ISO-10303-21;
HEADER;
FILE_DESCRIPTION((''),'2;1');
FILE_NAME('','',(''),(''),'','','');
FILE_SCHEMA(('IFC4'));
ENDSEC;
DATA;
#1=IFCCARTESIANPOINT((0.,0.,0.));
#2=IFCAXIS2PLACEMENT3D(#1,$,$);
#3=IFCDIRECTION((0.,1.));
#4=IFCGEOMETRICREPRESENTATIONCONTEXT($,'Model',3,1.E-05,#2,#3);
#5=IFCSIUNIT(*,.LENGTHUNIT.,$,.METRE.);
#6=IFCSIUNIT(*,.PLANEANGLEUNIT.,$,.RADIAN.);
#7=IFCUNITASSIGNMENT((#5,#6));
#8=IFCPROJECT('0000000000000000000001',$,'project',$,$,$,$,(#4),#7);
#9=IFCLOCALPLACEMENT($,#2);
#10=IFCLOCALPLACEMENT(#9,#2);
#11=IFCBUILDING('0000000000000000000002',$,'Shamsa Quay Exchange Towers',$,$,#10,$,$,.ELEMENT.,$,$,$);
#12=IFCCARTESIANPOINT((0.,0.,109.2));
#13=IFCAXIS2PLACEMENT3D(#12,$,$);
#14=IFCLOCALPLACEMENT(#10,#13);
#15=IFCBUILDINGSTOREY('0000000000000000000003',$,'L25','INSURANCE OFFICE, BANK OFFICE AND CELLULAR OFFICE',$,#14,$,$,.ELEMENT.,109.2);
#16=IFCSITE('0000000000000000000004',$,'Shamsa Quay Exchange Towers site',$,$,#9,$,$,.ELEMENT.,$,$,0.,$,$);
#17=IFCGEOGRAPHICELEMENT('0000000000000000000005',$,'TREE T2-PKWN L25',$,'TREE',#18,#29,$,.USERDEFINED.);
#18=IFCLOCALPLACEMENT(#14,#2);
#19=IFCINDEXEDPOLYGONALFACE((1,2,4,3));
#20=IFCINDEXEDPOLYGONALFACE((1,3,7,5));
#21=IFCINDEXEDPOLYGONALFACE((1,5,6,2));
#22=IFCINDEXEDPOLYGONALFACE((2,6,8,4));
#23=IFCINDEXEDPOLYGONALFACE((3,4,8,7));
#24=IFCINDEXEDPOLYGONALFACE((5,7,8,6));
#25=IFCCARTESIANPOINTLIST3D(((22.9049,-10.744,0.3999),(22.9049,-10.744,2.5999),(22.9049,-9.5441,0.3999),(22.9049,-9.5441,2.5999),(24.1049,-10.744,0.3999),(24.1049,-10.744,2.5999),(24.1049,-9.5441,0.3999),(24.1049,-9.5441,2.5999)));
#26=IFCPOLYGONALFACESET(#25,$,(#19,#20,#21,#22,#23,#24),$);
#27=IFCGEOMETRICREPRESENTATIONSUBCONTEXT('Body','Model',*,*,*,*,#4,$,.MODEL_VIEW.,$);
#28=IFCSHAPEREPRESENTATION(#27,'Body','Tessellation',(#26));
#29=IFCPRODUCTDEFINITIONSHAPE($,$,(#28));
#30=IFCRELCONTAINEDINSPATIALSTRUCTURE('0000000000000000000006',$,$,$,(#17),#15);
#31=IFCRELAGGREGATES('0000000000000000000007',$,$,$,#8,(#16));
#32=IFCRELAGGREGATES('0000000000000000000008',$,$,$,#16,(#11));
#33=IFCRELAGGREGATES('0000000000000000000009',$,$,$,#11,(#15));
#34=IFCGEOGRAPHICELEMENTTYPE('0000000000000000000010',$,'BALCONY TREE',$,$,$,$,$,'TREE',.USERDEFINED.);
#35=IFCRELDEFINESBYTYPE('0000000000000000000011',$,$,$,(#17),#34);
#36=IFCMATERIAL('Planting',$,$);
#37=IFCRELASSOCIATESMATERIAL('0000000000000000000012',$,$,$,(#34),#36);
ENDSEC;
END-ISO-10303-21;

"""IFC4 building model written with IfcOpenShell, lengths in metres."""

from ifc_helpers import new_model, si_unit, direction, frame, origin, origin_2d, place, context, subcontext, project, spatial, rectangle, extrude, material, type_object, element, save


model = new_model("IFC4")

# Units and contexts
model_context = context("Model", 3, precision=1e-05, world=origin(), true_north=direction((0.0, 1.0)))
body_context = subcontext(model_context, "Body", "Model", "MODEL_VIEW")
ifc_project = project(units=[si_unit("LENGTHUNIT", "METRE"), si_unit("PLANEANGLEUNIT", "RADIAN")], contexts=[model_context])

# Site, building, storey
site_placement = place(None, origin())
site = spatial("IfcSite", under=ifc_project, at=site_placement, Name="Shamsa Quay Exchange Towers site", CompositionType="ELEMENT", RefElevation=0.0)
building_placement = place(site_placement, origin())
building = spatial("IfcBuilding", under=site, at=building_placement, Name="Shamsa Quay Exchange Towers", CompositionType="ELEMENT")
storey_placement = place(building_placement, frame((0.0, 0.0, 109.2)))
storey = spatial("IfcBuildingStorey", under=building, at=storey_placement, Name="L25", Description="INSURANCE OFFICE, BANK OFFICE AND CELLULAR OFFICE", CompositionType="ELEMENT", Elevation=109.2)

# Geographic element
ifc_material_1 = material(Name="Planting")
geographic_element_type = type_object("IfcGeographicElementType", Name="BALCONY TREE", ElementType="TREE", PredefinedType="USERDEFINED", material=ifc_material_1)
geographic_element_placement = place(storey_placement, frame((23.5049, -10.144, 0.3999), z_axis=(0.0, 0.0, 1.0), x_axis=(0.0, -1.0, 0.0)))
element("IfcGeographicElement", 1, at=geographic_element_placement, inside=storey, type_object=geographic_element_type, Name="TREE T2-PKWN L25", ObjectType="TREE", PredefinedType="USERDEFINED", context=body_context, shape_type="SweptSolid", body=[
    extrude(rectangle(XDim=1.2, YDim=1.2, at=origin_2d()), origin(), (0.0, 0.0, 1.0), 2.2),
])

save(model, "model.ifc")
